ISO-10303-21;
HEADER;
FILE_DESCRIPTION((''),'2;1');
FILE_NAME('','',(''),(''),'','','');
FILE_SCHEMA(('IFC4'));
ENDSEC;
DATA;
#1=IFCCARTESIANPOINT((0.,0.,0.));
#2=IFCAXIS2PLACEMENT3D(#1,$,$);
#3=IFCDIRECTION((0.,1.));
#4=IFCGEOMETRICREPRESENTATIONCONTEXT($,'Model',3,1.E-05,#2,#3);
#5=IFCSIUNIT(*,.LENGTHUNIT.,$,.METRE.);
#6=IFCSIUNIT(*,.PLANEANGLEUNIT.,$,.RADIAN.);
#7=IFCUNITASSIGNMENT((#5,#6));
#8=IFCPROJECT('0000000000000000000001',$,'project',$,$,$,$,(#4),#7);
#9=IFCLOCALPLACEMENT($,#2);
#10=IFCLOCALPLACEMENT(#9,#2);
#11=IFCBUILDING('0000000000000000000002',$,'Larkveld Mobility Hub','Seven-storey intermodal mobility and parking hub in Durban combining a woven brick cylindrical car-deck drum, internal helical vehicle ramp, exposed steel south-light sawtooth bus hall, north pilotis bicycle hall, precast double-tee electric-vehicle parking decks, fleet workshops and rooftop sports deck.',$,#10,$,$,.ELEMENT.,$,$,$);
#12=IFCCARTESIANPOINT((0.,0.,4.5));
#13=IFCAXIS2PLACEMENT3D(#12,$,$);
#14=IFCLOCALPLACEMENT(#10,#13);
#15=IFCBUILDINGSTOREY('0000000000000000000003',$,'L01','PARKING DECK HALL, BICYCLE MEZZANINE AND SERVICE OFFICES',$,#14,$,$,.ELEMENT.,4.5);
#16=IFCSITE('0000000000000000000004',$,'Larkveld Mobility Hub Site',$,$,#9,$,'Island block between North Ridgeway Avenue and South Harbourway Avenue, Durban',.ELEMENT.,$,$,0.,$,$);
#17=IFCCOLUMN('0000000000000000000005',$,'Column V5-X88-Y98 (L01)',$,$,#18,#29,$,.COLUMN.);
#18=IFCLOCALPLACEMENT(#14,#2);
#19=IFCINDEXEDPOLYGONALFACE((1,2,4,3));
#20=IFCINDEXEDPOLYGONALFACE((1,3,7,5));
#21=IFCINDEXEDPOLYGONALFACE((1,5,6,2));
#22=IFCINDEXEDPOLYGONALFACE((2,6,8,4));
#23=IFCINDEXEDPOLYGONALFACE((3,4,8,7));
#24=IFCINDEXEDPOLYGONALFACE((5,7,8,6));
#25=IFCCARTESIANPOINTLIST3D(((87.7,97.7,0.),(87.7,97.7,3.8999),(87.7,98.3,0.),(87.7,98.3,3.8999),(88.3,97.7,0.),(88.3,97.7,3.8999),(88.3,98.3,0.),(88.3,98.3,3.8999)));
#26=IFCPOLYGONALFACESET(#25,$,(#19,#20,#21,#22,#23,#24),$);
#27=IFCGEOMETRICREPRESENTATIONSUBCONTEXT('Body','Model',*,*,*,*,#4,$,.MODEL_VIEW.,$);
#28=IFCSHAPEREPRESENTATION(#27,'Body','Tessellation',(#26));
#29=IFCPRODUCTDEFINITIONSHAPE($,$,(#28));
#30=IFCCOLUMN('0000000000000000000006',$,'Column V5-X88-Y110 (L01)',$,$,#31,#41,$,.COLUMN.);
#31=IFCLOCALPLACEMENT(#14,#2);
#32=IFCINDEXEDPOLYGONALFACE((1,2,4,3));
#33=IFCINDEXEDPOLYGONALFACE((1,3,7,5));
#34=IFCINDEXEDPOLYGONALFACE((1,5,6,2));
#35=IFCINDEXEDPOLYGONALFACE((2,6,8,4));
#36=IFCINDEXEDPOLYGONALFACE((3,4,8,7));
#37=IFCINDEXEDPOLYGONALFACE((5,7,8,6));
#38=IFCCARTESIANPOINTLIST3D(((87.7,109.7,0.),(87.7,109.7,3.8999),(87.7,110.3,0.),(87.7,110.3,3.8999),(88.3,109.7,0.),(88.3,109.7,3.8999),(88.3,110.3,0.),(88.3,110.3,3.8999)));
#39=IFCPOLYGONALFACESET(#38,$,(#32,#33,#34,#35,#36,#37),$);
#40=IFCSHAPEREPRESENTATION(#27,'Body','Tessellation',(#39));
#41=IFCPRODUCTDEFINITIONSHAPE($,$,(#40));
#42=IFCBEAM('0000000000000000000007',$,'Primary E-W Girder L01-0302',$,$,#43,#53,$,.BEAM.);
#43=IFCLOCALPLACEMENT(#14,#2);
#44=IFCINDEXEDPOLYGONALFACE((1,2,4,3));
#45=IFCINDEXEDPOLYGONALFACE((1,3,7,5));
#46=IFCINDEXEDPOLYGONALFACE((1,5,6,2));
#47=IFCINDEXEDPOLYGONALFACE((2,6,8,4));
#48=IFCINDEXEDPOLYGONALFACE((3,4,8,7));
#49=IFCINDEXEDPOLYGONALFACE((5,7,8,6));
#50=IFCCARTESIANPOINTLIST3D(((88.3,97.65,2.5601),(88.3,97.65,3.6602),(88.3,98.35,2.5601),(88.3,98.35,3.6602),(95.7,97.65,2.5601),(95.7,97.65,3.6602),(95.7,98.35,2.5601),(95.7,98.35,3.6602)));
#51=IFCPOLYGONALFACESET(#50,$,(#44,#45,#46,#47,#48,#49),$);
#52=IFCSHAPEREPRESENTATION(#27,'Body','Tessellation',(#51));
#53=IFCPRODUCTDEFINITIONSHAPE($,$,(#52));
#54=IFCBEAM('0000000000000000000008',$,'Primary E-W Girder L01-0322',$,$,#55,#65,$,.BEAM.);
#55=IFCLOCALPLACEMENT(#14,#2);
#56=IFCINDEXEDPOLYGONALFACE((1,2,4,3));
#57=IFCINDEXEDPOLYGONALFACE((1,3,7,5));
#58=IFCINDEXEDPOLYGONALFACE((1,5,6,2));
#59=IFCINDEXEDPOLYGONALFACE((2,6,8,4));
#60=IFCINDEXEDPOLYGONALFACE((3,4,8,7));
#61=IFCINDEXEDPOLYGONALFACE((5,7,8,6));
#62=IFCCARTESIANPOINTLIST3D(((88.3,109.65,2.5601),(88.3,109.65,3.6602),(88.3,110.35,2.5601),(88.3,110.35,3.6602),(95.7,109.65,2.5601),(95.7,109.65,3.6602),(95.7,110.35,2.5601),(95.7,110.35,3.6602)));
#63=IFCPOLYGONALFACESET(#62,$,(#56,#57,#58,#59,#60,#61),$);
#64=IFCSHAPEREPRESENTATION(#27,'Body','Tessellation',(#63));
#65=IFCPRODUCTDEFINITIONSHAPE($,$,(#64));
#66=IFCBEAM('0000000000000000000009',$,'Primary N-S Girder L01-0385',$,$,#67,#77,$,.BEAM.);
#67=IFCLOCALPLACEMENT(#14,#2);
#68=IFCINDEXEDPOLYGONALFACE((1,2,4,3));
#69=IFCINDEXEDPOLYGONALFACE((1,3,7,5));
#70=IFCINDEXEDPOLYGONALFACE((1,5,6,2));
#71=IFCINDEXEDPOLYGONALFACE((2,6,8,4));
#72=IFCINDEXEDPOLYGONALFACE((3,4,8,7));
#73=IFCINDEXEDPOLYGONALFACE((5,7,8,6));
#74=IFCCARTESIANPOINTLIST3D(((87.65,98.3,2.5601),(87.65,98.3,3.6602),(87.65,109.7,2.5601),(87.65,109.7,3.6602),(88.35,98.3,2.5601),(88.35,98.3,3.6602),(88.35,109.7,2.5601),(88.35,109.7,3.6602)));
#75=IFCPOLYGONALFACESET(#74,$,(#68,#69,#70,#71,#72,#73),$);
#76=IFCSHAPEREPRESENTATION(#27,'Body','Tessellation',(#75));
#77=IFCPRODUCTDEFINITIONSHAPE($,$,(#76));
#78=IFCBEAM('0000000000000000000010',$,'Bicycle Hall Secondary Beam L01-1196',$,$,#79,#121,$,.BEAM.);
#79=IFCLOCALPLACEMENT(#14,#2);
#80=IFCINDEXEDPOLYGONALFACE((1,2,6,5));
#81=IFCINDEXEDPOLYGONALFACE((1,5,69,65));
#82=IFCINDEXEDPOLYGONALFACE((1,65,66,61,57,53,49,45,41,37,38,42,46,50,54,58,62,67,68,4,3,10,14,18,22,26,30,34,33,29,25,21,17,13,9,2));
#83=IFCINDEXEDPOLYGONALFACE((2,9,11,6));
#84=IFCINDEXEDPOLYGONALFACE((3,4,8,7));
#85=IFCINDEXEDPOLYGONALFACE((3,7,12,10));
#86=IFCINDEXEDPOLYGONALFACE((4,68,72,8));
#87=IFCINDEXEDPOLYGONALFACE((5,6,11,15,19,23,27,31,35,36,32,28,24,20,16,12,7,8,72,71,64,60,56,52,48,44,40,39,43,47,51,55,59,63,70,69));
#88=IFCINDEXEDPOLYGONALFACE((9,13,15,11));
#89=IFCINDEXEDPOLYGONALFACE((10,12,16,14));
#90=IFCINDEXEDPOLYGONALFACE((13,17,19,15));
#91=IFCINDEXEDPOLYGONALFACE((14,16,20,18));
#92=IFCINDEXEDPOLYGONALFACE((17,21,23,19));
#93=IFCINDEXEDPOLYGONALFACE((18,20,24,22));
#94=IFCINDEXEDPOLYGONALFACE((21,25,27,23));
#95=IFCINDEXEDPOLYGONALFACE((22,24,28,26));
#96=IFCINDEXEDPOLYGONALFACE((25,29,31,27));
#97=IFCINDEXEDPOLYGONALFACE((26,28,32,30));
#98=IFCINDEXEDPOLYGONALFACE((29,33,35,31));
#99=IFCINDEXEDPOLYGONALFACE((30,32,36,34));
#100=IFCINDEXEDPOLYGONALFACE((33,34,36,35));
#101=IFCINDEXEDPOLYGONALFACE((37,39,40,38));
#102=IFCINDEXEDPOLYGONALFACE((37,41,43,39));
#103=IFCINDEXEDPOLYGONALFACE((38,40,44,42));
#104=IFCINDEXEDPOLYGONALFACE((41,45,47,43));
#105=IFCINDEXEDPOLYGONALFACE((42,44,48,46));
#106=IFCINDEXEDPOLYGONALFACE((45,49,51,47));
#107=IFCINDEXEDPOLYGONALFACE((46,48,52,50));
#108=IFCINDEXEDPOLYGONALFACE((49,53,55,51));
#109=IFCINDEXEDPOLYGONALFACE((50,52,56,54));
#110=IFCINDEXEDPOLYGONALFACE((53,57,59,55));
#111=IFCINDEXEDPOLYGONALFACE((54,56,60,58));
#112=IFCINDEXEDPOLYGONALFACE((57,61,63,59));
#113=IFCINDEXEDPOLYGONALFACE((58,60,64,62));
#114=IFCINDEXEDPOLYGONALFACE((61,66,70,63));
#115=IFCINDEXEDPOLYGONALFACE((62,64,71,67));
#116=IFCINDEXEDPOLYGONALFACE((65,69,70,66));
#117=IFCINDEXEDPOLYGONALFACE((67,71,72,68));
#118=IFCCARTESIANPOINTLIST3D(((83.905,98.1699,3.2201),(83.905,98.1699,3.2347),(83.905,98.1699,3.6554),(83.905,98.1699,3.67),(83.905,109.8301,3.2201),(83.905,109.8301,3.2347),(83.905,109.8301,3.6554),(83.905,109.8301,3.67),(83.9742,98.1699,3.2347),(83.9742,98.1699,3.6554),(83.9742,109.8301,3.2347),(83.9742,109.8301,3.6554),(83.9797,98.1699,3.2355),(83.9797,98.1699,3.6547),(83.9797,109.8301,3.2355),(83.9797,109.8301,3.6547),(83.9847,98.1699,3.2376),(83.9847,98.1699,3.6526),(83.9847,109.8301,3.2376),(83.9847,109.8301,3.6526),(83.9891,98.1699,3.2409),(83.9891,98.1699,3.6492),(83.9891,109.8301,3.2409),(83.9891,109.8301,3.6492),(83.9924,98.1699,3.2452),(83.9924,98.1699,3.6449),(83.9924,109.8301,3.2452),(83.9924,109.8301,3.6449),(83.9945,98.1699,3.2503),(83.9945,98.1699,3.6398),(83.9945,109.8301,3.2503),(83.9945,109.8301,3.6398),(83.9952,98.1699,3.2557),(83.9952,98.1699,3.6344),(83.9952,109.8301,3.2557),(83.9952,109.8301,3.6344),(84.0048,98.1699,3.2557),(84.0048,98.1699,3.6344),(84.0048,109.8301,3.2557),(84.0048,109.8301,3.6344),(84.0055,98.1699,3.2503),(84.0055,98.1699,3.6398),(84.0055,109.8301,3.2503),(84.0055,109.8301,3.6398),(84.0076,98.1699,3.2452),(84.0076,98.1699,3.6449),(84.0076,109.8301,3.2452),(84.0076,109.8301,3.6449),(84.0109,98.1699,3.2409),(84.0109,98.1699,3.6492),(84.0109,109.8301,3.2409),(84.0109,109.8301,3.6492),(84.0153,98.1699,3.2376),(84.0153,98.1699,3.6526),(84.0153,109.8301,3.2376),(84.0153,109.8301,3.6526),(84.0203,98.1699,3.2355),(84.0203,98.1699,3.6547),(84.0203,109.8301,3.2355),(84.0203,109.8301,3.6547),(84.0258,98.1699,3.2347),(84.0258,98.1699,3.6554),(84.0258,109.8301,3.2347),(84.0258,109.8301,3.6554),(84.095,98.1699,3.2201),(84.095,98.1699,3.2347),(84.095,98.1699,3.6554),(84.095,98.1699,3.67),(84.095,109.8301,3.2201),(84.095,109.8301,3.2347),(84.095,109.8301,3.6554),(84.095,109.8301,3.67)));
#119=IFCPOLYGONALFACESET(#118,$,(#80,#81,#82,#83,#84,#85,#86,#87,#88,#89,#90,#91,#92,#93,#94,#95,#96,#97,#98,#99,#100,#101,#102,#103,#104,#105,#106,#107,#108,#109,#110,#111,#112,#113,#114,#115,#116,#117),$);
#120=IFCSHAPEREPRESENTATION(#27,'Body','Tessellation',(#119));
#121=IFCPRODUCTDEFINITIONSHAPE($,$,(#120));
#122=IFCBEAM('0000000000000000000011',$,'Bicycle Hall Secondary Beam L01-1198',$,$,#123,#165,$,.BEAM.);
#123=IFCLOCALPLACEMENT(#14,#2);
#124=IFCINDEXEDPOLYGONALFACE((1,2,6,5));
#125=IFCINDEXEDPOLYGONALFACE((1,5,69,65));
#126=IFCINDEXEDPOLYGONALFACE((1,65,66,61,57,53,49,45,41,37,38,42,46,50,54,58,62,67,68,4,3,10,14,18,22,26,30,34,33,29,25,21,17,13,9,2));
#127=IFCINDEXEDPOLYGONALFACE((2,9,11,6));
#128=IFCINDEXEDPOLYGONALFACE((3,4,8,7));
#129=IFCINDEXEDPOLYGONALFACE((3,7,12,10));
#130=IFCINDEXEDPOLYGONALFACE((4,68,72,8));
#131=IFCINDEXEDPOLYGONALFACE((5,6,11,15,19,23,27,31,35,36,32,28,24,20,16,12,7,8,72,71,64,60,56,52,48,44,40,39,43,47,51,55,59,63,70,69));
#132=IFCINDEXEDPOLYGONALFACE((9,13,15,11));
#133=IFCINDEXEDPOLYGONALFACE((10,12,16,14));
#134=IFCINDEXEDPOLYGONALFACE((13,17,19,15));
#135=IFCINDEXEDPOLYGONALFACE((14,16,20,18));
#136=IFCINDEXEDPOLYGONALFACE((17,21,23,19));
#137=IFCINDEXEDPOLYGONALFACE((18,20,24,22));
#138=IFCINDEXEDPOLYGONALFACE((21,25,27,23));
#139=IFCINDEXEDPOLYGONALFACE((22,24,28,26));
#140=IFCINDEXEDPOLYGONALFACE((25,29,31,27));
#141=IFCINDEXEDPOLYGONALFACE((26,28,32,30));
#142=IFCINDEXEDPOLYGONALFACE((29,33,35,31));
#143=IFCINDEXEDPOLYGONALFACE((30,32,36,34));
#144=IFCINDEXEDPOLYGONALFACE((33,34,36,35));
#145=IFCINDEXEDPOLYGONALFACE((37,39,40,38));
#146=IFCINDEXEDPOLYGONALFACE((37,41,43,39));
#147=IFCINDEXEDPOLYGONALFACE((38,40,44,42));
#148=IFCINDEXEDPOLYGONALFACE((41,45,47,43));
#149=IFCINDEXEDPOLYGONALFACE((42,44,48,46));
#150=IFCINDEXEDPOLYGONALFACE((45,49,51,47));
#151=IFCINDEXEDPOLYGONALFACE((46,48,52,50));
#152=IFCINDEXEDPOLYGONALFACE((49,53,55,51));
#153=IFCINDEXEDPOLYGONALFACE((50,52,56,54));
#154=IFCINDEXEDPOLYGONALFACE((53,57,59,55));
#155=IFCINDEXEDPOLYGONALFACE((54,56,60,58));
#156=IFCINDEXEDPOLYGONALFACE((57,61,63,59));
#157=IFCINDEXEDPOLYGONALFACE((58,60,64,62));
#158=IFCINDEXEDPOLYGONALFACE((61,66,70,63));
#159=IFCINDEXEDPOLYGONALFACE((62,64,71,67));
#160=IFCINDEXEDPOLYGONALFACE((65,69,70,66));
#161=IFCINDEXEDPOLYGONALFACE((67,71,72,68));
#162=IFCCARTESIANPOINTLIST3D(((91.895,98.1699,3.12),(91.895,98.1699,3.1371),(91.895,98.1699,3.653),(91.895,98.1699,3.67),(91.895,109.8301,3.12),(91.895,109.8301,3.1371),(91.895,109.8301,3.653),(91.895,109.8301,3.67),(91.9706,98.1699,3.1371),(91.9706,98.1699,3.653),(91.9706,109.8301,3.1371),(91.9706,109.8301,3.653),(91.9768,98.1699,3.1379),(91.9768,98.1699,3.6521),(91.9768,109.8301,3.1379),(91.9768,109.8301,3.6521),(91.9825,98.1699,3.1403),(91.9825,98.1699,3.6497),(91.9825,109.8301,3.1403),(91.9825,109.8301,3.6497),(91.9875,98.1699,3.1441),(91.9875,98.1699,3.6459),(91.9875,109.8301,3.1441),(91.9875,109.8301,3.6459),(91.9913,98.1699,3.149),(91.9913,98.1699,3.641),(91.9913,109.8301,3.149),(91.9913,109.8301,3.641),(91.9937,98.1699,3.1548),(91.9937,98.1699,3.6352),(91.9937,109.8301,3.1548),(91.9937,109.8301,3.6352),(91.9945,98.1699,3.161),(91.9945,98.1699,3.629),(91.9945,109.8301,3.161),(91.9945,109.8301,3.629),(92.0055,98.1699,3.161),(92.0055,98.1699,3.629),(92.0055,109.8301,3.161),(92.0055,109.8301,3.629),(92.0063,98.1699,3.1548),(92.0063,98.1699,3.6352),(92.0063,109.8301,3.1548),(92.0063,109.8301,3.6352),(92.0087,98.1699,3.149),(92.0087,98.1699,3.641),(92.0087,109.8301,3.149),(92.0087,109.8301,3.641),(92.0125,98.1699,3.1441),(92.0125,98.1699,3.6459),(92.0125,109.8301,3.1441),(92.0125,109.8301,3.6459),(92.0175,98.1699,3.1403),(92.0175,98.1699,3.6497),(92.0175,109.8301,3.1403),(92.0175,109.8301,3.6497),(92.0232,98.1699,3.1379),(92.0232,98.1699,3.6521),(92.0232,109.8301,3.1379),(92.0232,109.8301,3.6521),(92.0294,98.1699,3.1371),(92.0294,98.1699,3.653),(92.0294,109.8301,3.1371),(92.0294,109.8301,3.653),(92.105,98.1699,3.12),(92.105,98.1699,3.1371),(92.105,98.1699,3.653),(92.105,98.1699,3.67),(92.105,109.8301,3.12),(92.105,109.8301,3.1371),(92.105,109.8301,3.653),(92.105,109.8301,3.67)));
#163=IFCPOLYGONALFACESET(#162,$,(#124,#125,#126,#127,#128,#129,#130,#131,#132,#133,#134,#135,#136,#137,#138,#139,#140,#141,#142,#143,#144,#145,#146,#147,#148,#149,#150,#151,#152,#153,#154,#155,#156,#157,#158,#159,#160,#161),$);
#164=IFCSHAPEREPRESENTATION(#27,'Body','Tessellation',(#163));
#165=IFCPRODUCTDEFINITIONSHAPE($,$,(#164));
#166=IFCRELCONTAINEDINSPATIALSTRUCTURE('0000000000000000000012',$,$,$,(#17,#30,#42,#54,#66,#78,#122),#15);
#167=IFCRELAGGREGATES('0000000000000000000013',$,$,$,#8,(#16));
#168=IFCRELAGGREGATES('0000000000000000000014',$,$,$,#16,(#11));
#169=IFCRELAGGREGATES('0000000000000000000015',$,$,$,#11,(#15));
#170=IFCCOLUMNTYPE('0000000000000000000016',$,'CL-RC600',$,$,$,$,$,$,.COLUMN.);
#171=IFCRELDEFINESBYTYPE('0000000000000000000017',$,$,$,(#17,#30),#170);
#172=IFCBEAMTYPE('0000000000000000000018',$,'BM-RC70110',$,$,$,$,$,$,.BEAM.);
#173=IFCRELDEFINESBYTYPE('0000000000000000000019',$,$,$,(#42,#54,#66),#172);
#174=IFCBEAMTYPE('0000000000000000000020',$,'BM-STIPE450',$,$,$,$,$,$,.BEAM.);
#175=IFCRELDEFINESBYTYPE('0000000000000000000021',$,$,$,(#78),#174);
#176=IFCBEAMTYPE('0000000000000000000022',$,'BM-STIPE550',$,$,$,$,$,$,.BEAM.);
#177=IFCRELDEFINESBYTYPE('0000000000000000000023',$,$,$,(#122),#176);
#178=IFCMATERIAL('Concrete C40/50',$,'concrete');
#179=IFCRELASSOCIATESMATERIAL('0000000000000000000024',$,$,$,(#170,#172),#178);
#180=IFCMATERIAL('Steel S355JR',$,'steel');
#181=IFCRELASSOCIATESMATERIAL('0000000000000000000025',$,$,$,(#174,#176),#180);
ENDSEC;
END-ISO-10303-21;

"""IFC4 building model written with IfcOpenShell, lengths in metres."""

from ifc_helpers import new_model, si_unit, direction, frame, origin, origin_2d, place, context, subcontext, project, spatial, rectangle, i_section, extrude, material, material_profile, profile_set, type_object, element, save


model = new_model("IFC4")

# Units and contexts
model_context = context("Model", 3, precision=1e-05, world=origin(), true_north=direction((0.0, 1.0)))
body_context = subcontext(model_context, "Body", "Model", "MODEL_VIEW")
ifc_project = project(units=[si_unit("LENGTHUNIT", "METRE"), si_unit("PLANEANGLEUNIT", "RADIAN")], contexts=[model_context])

# Site, building, storey
site_placement = place(None, origin())
site = spatial("IfcSite", under=ifc_project, at=site_placement, Name="Larkveld Mobility Hub Site", LongName="Island block between North Ridgeway Avenue and South Harbourway Avenue, Durban", CompositionType="ELEMENT", RefElevation=0.0)
building_placement = place(site_placement, origin())
building = spatial("IfcBuilding", under=site, at=building_placement, Name="Larkveld Mobility Hub", Description="Seven-storey intermodal mobility and parking hub in Durban combining a woven brick cylindrical car-deck drum, internal helical vehicle ramp, exposed steel south-light sawtooth bus hall, north pilotis bicycle hall, precast double-tee electric-vehicle parking decks, fleet workshops and rooftop sports deck.", CompositionType="ELEMENT")
storey_placement = place(building_placement, frame((0.0, 0.0, 4.5)))
storey = spatial("IfcBuildingStorey", under=building, at=storey_placement, Name="L01", Description="PARKING DECK HALL, BICYCLE MEZZANINE AND SERVICE OFFICES", CompositionType="ELEMENT", Elevation=4.5)

# Columns
ifc_material_1 = material(Name="Concrete C40/50", Category="concrete")
ifc_material_profile_1 = material_profile(ifc_material_1, rectangle(XDim=0.6001, YDim=0.6001, at=origin_2d()), Name="RC COL 600x600")
ifc_profile_set_1 = profile_set([ifc_material_profile_1], Name="Concrete C40/50")
column_type = type_object("IfcColumnType", Name="CL-RC600", PredefinedType="COLUMN", material=ifc_profile_set_1)
for number, where, z_axis, x_axis, name in (
    (1, (88.0, 98.0, 0.0), (0.0, 0.0, 1.0), (1.0, 0.0, 0.0), "Column V5-X88-Y98 (L01)"),
    (2, (88.0, 110.0, 0.0), (0.0, 0.0, 1.0), (1.0, 0.0, 0.0), "Column V5-X88-Y110 (L01)"),
):
    element("IfcColumn", number, at=place(storey_placement, frame(where, z_axis=z_axis, x_axis=x_axis)), inside=storey, type_object=column_type, Name=name, PredefinedType="COLUMN", context=body_context, shape_type="SweptSolid", body=[
        extrude(rectangle(XDim=0.6001, YDim=0.6001, at=origin_2d()), origin(), (0.0, 0.0, 1.0), 3.8999),
    ])

# Beams
ifc_material_profile_2 = material_profile(ifc_material_1, rectangle(XDim=0.7, YDim=1.1001, at=origin_2d()), Name="RC BM 700x1100")
ifc_profile_set_2 = profile_set([ifc_material_profile_2], Name="Concrete C40/50")
beam_type_1 = type_object("IfcBeamType", Name="BM-RC70110", PredefinedType="BEAM", material=ifc_profile_set_2)
for number, where, z_axis, x_axis, name in (
    (3, (88.3, 98.0, 3.1101), (1.0, 0.0, 0.0), (0.0, 1.0, 0.0), "Primary E-W Girder L01-0302"),
    (4, (88.3, 110.0, 3.1101), (1.0, 0.0, 0.0), (0.0, 1.0, 0.0), "Primary E-W Girder L01-0322"),
):
    element("IfcBeam", number, at=place(storey_placement, frame(where, z_axis=z_axis, x_axis=x_axis)), inside=storey, type_object=beam_type_1, Name=name, PredefinedType="BEAM", context=body_context, shape_type="SweptSolid", body=[
        extrude(rectangle(XDim=0.7, YDim=1.1001, at=origin_2d()), origin(), (0.0, 0.0, 1.0), 7.3999),
    ])
beam_1_placement = place(storey_placement, frame((88.0, 98.3, 3.1101), z_axis=(0.0, 1.0, 0.0), x_axis=(-1.0, 0.0, 0.0)))
element("IfcBeam", 5, at=beam_1_placement, inside=storey, type_object=beam_type_1, Name="Primary N-S Girder L01-0385", PredefinedType="BEAM", context=body_context, shape_type="SweptSolid", body=[
    extrude(rectangle(XDim=0.7, YDim=1.1001, at=origin_2d()), origin(), (0.0, 0.0, 1.0), 11.3999),
])
ifc_material_2 = material(Name="Steel S355JR", Category="steel")
ifc_material_profile_3 = material_profile(ifc_material_2, i_section(OverallWidth=0.1899, OverallDepth=0.45, WebThickness=0.0095, FlangeThickness=0.0146, FilletRadius=0.021, at=origin_2d()), Name="IPE 450")
ifc_profile_set_3 = profile_set([ifc_material_profile_3], Name="Steel S355JR")
beam_type_2 = type_object("IfcBeamType", Name="BM-STIPE450", PredefinedType="BEAM", material=ifc_profile_set_3)
beam_2_placement = place(storey_placement, frame((84.0, 98.1699, 3.4451), z_axis=(0.0, 1.0, 0.0), x_axis=(-1.0, 0.0, 0.0)))
element("IfcBeam", 6, at=beam_2_placement, inside=storey, type_object=beam_type_2, Name="Bicycle Hall Secondary Beam L01-1196", PredefinedType="BEAM", context=body_context, shape_type="SweptSolid", body=[
    extrude(i_section(OverallWidth=0.1899, OverallDepth=0.45, WebThickness=0.0095, FlangeThickness=0.0146, FilletRadius=0.021, at=origin_2d()), origin(), (0.0, 0.0, 1.0), 11.6602),
])
ifc_material_profile_4 = material_profile(ifc_material_2, i_section(OverallWidth=0.21, OverallDepth=0.55, WebThickness=0.011, FlangeThickness=0.0171, FilletRadius=0.0239, at=origin_2d()), Name="IPE 550")
ifc_profile_set_4 = profile_set([ifc_material_profile_4], Name="Steel S355JR")
beam_type_3 = type_object("IfcBeamType", Name="BM-STIPE550", PredefinedType="BEAM", material=ifc_profile_set_4)
beam_3_placement = place(storey_placement, frame((92.0, 98.1699, 3.395), z_axis=(0.0, 1.0, 0.0), x_axis=(-1.0, 0.0, 0.0)))
element("IfcBeam", 7, at=beam_3_placement, inside=storey, type_object=beam_type_3, Name="Bicycle Hall Secondary Beam L01-1198", PredefinedType="BEAM", context=body_context, shape_type="SweptSolid", body=[
    extrude(i_section(OverallWidth=0.21, OverallDepth=0.55, WebThickness=0.011, FlangeThickness=0.0171, FilletRadius=0.0239, at=origin_2d()), origin(), (0.0, 0.0, 1.0), 11.6602),
])

save(model, "model.ifc")
